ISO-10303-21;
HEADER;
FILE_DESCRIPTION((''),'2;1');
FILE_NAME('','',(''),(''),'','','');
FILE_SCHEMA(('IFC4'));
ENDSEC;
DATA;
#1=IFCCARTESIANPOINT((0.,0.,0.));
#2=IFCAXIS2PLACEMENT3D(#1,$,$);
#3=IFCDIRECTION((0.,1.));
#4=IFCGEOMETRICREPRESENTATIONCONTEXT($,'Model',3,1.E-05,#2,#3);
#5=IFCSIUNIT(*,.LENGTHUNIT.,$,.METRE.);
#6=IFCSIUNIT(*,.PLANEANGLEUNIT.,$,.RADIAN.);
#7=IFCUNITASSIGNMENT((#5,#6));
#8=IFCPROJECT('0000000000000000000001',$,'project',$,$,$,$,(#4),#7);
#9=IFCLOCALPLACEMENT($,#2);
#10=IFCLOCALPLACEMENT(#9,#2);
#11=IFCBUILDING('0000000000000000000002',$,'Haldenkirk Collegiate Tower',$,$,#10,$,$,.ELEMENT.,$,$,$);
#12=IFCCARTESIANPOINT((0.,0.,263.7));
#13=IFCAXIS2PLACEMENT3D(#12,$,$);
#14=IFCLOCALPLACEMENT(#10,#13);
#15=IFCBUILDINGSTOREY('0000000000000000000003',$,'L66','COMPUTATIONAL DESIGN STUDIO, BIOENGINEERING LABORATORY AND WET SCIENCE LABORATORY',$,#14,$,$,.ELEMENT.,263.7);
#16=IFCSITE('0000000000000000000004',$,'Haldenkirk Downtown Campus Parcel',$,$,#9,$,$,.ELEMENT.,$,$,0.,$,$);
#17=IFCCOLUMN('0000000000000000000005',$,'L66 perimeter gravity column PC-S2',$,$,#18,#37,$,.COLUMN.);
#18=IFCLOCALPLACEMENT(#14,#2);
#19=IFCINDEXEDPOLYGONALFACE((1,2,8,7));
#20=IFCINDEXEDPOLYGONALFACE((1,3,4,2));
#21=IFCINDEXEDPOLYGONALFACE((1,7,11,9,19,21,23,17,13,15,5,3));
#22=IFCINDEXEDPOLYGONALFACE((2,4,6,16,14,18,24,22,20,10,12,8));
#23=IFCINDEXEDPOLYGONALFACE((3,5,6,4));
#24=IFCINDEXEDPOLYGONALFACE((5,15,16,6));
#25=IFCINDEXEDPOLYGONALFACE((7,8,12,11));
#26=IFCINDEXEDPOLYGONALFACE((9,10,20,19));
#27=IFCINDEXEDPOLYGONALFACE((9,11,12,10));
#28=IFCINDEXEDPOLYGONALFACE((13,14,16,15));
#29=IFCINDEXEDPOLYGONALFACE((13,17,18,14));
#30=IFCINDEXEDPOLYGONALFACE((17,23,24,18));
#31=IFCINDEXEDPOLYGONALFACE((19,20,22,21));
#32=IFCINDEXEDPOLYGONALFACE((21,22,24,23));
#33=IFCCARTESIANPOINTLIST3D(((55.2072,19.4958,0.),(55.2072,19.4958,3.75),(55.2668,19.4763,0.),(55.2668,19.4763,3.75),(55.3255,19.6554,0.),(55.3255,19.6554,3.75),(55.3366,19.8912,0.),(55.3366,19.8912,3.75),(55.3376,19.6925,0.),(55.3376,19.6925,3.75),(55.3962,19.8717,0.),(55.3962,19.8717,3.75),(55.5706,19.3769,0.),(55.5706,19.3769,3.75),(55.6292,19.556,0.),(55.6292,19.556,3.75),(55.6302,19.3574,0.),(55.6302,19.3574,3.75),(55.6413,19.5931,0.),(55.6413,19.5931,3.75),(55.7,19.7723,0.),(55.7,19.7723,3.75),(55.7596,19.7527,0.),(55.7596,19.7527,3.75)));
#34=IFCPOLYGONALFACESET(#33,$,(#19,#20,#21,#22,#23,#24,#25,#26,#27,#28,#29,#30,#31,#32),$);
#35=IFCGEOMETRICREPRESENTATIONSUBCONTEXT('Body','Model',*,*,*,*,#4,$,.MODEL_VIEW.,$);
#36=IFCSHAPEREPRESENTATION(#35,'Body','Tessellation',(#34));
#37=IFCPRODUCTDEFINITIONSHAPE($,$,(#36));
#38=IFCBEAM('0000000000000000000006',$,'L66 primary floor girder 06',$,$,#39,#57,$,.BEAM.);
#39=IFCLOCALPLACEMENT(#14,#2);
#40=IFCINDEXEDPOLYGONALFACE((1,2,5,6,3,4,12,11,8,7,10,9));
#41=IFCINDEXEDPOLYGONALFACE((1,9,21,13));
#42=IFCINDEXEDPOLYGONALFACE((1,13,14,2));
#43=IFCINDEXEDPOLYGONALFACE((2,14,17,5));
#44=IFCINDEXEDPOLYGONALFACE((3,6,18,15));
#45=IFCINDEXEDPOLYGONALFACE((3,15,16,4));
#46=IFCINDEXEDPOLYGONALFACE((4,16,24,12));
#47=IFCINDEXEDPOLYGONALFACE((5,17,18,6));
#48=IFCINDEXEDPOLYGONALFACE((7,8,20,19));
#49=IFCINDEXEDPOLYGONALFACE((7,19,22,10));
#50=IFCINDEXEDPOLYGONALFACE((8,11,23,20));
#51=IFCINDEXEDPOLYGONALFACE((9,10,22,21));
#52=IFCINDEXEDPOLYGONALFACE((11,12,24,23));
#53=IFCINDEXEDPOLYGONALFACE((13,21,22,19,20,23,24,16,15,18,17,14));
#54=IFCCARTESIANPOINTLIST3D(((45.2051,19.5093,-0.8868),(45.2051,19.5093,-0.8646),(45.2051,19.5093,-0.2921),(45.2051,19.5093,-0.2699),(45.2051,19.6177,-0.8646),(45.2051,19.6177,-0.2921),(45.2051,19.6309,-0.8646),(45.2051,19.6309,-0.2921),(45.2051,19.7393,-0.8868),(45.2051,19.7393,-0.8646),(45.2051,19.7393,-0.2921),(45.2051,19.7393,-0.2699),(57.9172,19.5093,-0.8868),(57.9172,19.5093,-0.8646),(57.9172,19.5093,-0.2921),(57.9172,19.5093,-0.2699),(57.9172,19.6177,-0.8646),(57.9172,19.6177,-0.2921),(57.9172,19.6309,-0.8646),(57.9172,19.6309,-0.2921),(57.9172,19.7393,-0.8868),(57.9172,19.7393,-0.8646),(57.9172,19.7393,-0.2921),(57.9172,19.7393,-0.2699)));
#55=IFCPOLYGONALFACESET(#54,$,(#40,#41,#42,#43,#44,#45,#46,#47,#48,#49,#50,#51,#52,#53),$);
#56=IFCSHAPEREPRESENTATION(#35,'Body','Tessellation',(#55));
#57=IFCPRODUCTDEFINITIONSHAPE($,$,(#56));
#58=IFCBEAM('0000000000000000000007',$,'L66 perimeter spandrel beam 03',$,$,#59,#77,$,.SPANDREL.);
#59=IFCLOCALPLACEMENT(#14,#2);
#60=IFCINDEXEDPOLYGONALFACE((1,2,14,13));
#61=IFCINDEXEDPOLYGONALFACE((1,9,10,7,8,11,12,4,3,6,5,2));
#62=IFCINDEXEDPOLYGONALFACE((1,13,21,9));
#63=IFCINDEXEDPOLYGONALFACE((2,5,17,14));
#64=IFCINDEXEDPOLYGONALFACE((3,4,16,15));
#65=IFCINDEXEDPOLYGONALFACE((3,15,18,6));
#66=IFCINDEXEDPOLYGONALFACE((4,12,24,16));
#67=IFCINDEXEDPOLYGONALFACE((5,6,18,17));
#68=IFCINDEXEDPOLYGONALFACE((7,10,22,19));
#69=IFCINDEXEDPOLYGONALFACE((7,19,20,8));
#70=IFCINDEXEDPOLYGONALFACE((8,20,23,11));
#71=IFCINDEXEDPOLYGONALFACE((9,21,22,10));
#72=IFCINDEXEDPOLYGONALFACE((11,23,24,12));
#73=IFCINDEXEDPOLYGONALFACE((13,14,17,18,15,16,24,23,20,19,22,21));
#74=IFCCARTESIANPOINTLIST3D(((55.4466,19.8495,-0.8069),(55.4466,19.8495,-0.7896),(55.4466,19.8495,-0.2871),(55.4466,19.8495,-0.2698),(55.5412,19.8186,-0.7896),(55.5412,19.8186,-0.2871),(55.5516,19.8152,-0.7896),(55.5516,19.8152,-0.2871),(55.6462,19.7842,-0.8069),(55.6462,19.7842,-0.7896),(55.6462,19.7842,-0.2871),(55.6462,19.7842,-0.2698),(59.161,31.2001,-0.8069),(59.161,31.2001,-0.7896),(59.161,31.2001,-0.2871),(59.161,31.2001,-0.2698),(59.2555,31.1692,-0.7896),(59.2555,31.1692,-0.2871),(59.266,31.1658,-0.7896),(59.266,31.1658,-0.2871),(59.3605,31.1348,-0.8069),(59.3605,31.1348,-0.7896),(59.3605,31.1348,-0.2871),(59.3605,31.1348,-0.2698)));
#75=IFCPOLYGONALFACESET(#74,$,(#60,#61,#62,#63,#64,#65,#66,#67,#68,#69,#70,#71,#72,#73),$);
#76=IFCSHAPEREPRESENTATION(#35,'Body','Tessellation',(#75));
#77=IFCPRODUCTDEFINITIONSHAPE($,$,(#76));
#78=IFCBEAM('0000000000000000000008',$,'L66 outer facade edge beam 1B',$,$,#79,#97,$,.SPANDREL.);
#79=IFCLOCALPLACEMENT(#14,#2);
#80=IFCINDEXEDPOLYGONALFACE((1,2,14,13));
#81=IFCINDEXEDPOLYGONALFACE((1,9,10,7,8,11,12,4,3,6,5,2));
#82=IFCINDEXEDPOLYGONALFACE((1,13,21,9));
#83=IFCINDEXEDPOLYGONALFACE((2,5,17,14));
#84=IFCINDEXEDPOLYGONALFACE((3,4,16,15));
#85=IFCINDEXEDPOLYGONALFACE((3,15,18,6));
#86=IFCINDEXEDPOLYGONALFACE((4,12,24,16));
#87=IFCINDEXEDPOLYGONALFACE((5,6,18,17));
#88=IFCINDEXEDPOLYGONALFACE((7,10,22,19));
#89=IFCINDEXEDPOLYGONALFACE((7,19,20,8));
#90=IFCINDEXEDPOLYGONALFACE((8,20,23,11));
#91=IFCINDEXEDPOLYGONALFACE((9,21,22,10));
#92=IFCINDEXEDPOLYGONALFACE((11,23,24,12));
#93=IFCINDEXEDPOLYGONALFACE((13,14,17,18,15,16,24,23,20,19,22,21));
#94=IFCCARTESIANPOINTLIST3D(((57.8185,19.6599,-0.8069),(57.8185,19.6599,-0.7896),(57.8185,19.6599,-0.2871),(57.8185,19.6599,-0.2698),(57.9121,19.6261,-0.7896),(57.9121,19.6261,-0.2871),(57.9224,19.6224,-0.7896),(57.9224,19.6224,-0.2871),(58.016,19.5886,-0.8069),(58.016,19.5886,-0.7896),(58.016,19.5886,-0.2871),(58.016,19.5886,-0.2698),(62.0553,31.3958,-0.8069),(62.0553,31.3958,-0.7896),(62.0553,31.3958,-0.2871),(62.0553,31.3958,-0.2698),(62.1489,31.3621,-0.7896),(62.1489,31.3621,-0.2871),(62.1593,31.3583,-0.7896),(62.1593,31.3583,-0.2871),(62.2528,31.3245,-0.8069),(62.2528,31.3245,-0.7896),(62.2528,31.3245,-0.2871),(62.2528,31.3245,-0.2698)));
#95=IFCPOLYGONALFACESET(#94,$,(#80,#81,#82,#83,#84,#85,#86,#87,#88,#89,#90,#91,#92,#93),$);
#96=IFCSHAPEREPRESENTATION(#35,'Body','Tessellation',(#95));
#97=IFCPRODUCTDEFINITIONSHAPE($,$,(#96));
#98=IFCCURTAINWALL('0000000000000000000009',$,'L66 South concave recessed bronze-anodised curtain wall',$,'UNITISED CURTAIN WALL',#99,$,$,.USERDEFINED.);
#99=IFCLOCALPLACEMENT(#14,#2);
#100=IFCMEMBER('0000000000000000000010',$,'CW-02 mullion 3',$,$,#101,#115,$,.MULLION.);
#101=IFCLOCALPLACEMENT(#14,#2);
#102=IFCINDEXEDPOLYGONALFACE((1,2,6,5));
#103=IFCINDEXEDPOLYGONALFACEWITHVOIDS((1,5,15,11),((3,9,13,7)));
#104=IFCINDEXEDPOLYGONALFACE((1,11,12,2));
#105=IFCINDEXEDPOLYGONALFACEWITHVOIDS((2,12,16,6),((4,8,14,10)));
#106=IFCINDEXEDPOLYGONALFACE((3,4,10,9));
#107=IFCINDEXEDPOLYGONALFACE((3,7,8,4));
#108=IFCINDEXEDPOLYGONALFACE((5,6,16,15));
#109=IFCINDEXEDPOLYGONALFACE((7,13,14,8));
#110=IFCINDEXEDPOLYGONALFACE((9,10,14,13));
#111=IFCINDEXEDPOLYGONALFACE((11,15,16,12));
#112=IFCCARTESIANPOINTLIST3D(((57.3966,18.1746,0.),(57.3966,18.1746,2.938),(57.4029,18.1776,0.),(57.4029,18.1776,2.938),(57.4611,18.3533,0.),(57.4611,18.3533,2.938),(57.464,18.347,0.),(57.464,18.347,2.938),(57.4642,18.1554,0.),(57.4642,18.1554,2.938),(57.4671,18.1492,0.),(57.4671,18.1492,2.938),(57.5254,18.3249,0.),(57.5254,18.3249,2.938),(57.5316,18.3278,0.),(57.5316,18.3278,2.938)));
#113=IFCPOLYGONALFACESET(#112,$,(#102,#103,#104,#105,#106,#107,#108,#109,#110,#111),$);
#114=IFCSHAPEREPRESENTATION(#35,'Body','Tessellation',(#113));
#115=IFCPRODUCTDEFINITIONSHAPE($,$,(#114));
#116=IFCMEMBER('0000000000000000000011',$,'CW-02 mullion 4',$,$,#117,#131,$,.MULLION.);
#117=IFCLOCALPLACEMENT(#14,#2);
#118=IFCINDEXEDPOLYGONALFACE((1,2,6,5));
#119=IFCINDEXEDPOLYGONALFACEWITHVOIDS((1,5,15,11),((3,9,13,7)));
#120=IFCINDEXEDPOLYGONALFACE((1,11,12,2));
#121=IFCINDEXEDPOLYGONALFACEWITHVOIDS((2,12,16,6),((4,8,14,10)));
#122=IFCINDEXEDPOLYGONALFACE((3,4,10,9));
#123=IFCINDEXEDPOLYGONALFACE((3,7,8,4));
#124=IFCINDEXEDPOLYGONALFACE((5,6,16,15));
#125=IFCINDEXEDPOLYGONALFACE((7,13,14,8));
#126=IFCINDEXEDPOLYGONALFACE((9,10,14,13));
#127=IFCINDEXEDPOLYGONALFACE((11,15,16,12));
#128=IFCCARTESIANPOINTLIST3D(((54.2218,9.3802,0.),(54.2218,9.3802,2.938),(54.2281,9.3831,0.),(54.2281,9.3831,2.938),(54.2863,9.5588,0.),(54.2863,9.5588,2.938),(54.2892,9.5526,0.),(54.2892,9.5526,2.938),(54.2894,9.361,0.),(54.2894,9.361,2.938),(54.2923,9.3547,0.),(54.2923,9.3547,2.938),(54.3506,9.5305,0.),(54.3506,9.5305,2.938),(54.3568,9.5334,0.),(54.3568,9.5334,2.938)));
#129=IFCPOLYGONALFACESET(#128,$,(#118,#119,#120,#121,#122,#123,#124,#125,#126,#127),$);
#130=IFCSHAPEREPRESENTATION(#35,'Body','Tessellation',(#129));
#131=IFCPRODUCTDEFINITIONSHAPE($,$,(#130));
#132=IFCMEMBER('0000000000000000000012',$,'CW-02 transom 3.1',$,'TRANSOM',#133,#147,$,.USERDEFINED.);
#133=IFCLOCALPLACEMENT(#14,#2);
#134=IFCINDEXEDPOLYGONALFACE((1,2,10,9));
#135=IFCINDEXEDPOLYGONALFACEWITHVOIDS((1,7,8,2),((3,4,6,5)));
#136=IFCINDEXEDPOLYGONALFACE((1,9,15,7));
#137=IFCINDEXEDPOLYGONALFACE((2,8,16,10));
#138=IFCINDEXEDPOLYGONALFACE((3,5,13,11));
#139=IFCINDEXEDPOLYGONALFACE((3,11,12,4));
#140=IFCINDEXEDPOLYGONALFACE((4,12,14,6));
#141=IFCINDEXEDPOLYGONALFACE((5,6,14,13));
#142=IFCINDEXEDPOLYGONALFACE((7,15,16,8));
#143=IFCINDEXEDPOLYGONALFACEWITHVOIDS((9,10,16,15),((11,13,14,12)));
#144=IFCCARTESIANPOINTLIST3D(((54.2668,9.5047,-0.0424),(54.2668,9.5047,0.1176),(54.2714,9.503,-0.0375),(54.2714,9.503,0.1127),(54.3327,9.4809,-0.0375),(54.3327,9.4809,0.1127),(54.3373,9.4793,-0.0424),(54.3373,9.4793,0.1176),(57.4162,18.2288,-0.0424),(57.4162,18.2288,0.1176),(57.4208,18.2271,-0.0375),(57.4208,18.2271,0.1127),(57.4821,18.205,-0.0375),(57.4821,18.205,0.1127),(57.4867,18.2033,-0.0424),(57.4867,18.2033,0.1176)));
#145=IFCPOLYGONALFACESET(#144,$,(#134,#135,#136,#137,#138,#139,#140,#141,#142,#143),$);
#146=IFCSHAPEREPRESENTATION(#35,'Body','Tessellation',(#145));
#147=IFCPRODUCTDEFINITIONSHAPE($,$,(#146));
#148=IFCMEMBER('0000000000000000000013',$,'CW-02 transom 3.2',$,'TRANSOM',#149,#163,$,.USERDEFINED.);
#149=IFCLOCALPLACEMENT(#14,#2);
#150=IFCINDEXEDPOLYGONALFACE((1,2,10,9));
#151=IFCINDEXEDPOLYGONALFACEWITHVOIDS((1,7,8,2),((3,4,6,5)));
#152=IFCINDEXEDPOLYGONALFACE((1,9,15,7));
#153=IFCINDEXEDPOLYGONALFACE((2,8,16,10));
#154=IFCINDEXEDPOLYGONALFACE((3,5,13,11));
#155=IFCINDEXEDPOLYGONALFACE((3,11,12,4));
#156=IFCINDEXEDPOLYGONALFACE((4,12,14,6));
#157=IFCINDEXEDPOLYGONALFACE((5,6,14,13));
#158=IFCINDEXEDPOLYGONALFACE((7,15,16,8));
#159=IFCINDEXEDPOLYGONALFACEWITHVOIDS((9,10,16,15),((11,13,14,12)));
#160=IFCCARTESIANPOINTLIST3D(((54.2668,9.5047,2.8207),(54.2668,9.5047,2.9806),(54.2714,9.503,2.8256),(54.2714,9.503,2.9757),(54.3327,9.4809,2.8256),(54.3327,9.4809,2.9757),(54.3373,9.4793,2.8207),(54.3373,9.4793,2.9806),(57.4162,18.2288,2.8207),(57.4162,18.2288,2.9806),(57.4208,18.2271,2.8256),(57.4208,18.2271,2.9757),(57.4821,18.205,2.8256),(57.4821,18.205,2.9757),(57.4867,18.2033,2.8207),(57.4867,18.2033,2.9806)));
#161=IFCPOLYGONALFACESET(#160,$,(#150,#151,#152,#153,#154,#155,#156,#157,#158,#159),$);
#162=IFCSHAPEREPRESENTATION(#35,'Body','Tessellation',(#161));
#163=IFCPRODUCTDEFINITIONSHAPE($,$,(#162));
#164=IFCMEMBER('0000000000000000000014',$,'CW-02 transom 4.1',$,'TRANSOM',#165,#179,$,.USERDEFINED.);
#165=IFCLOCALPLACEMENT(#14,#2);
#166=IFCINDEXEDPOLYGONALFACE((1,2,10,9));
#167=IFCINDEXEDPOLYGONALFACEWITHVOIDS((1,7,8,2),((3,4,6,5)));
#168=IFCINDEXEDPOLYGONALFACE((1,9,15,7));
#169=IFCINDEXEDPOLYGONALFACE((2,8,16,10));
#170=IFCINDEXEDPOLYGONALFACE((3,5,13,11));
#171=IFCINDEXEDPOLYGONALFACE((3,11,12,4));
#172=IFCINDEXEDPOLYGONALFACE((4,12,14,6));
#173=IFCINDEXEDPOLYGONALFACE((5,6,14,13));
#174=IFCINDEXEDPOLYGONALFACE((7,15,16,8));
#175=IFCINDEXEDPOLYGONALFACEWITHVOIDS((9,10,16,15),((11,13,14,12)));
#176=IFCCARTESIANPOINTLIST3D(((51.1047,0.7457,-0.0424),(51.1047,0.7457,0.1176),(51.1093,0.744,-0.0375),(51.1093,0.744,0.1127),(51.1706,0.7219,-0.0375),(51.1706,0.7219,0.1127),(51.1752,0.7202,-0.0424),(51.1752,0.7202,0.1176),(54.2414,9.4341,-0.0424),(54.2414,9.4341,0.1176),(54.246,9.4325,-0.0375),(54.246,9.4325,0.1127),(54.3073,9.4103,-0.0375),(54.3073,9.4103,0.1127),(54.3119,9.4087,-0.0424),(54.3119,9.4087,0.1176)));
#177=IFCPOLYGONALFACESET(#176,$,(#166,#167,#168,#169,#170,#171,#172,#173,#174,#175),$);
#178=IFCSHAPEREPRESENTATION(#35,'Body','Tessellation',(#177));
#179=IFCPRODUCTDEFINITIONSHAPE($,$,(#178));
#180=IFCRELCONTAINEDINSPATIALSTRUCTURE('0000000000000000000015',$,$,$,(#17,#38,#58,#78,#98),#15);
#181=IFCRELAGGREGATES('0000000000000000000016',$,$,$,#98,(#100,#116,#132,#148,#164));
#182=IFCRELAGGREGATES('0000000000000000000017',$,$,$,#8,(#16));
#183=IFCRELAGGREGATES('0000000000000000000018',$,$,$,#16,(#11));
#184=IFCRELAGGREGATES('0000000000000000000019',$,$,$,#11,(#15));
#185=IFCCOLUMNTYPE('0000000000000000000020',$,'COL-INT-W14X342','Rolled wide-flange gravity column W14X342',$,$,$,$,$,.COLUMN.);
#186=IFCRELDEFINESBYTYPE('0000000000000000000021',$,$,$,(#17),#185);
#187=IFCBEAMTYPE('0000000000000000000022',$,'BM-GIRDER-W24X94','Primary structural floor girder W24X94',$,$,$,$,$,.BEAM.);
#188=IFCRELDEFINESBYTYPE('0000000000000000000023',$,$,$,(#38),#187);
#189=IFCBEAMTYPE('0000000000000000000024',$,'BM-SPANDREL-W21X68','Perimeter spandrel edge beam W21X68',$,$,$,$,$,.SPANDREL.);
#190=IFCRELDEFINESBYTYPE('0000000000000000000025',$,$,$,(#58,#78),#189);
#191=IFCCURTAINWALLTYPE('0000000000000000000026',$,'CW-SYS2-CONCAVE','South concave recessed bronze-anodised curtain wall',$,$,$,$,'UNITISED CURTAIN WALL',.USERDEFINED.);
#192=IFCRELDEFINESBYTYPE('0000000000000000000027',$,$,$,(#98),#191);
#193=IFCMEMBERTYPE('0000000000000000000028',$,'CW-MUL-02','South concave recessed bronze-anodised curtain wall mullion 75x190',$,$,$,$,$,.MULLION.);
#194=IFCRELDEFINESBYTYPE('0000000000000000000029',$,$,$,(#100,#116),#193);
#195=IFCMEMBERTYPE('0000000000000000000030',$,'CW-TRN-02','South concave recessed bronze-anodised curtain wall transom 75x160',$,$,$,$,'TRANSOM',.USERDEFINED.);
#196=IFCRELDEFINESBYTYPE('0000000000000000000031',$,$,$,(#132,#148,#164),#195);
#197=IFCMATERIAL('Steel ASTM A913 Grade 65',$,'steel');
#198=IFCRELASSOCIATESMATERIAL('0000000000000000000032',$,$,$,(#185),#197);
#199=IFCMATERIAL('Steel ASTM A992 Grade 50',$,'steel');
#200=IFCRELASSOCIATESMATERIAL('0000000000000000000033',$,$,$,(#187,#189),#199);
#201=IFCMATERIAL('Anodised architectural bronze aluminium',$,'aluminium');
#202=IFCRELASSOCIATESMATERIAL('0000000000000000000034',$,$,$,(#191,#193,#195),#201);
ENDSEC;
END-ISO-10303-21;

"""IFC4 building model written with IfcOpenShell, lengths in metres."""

from ifc_helpers import new_model, si_unit, direction, frame, origin, origin_2d, place, context, subcontext, project, spatial, hollow_rectangle, i_section, extrude, material, material_profile, profile_set, type_object, element, aggregate, save


model = new_model("IFC4")

# Units and contexts
model_context = context("Model", 3, precision=1e-05, world=origin(), true_north=direction((0.0, 1.0)))
body_context = subcontext(model_context, "Body", "Model", "MODEL_VIEW")
ifc_project = project(units=[si_unit("LENGTHUNIT", "METRE"), si_unit("PLANEANGLEUNIT", "RADIAN")], contexts=[model_context])

# Site, building, storey
site_placement = place(None, origin())
site = spatial("IfcSite", under=ifc_project, at=site_placement, Name="Haldenkirk Downtown Campus Parcel", CompositionType="ELEMENT", RefElevation=0.0)
building_placement = place(site_placement, origin())
building = spatial("IfcBuilding", under=site, at=building_placement, Name="Haldenkirk Collegiate Tower", CompositionType="ELEMENT")
storey_placement = place(building_placement, frame((0.0, 0.0, 263.7)))
storey = spatial("IfcBuildingStorey", under=building, at=storey_placement, Name="L66", Description="COMPUTATIONAL DESIGN STUDIO, BIOENGINEERING LABORATORY AND WET SCIENCE LABORATORY", CompositionType="ELEMENT", Elevation=263.7)

# Column
ifc_material_1 = material(Name="Steel ASTM A913 Grade 65", Category="steel")
ifc_material_profile_1 = material_profile(ifc_material_1, i_section(OverallWidth=0.416, OverallDepth=0.4451, WebThickness=0.0391, FlangeThickness=0.0627, at=origin_2d()), Name="W14X342")
ifc_profile_set_1 = profile_set([ifc_material_profile_1], Name="Steel ASTM A913 Grade 65")
column_type = type_object("IfcColumnType", Name="COL-INT-W14X342", Description="Rolled wide-flange gravity column W14X342", PredefinedType="COLUMN", material=ifc_profile_set_1)
column_placement = place(storey_placement, frame((55.4834, 19.6243, 0.0), z_axis=(0.0, 0.0, 1.0), x_axis=(0.311008, 0.950407, 0.0)))
element("IfcColumn", 1, at=column_placement, inside=storey, type_object=column_type, Name="L66 perimeter gravity column PC-S2", PredefinedType="COLUMN", context=body_context, shape_type="SweptSolid", body=[
    extrude(i_section(OverallWidth=0.416, OverallDepth=0.4451, WebThickness=0.0391, FlangeThickness=0.0627, at=origin_2d()), origin(), (0.0, 0.0, 1.0), 3.75),
])

# Beams
ifc_material_2 = material(Name="Steel ASTM A992 Grade 50", Category="steel")
ifc_material_profile_2 = material_profile(ifc_material_2, i_section(OverallWidth=0.23, OverallDepth=0.6169, WebThickness=0.0132, FlangeThickness=0.0222, at=origin_2d()), Name="W24X94")
ifc_profile_set_2 = profile_set([ifc_material_profile_2], Name="Steel ASTM A992 Grade 50")
beam_type_1 = type_object("IfcBeamType", Name="BM-GIRDER-W24X94", Description="Primary structural floor girder W24X94", PredefinedType="BEAM", material=ifc_profile_set_2)
beam_1_placement = place(storey_placement, frame((57.9172, 19.6243, -0.5784), z_axis=(-1.0, 0.0, 0.0), x_axis=(0.0, -1.0, 0.0)))
element("IfcBeam", 2, at=beam_1_placement, inside=storey, type_object=beam_type_1, Name="L66 primary floor girder 06", PredefinedType="BEAM", context=body_context, shape_type="SweptSolid", body=[
    extrude(i_section(OverallWidth=0.23, OverallDepth=0.6169, WebThickness=0.0132, FlangeThickness=0.0222, at=origin_2d()), origin(), (0.0, 0.0, 1.0), 12.7122),
])
ifc_material_profile_3 = material_profile(ifc_material_2, i_section(OverallWidth=0.21, OverallDepth=0.5371, WebThickness=0.011, FlangeThickness=0.0173, at=origin_2d()), Name="W21X68")
ifc_profile_set_3 = profile_set([ifc_material_profile_3], Name="Steel ASTM A992 Grade 50")
beam_type_2 = type_object("IfcBeamType", Name="BM-SPANDREL-W21X68", Description="Perimeter spandrel edge beam W21X68", PredefinedType="SPANDREL", material=ifc_profile_set_3)
beam_2_placement = place(storey_placement, frame((55.5464, 19.8169, -0.5383), z_axis=(0.31101, 0.950407, 0.0), x_axis=(-0.950407, 0.31101, 0.0)))
element("IfcBeam", 3, at=beam_2_placement, inside=storey, type_object=beam_type_2, Name="L66 perimeter spandrel beam 03", PredefinedType="SPANDREL", context=body_context, shape_type="SweptSolid", body=[
    extrude(i_section(OverallWidth=0.21, OverallDepth=0.5371, WebThickness=0.011, FlangeThickness=0.0173, at=origin_2d()), origin(), (0.0, 0.0, 1.0), 11.9429),
])
beam_3_placement = place(storey_placement, frame((57.9172, 19.6243, -0.5383), z_axis=(0.339565, 0.940583, 0.0), x_axis=(-0.940583, 0.339565, 0.0)))
element("IfcBeam", 4, at=beam_3_placement, inside=storey, type_object=beam_type_2, Name="L66 outer facade edge beam 1B", PredefinedType="SPANDREL", context=body_context, shape_type="SweptSolid", body=[
    extrude(i_section(OverallWidth=0.21, OverallDepth=0.5371, WebThickness=0.011, FlangeThickness=0.0173, at=origin_2d()), origin(), (0.0, 0.0, 1.0), 12.4773),
])

# Curtain wall, members
ifc_material_3 = material(Name="Anodised architectural bronze aluminium", Category="aluminium")
curtain_wall_type = type_object("IfcCurtainWallType", Name="CW-SYS2-CONCAVE", Description="South concave recessed bronze-anodised curtain wall", ElementType="UNITISED CURTAIN WALL", PredefinedType="USERDEFINED", material=ifc_material_3)
curtain_wall_placement = place(storey_placement, origin())
curtain_wall = element("IfcCurtainWall", 5, at=curtain_wall_placement, inside=storey, type_object=curtain_wall_type, Name="L66 South concave recessed bronze-anodised curtain wall", ObjectType="UNITISED CURTAIN WALL", PredefinedType="USERDEFINED")
ifc_material_profile_4 = material_profile(ifc_material_3, hollow_rectangle(XDim=0.075, YDim=0.1899, WallThickness=0.0049, at=origin_2d()), Name="CW-MUL-02")
ifc_profile_set_4 = profile_set([ifc_material_profile_4], Name="Anodised architectural bronze aluminium")
member_type_1 = type_object("IfcMemberType", Name="CW-MUL-02", Description="South concave recessed bronze-anodised curtain wall mullion 75x190", PredefinedType="MULLION", material=ifc_profile_set_4)
member_1_placement = place(storey_placement, frame((57.4641, 18.2512, 0.0), z_axis=(0.0, 0.0, 1.0), x_axis=(0.940585, -0.339559, 0.0)))
member_1 = element("IfcMember", 6, at=member_1_placement, type_object=member_type_1, Name="CW-02 mullion 3", PredefinedType="MULLION", context=body_context, shape_type="SweptSolid", body=[
    extrude(hollow_rectangle(XDim=0.075, YDim=0.1899, WallThickness=0.0049, at=origin_2d()), origin(), (0.0, 0.0, 1.0), 2.938),
])
member_2_placement = place(storey_placement, frame((54.2893, 9.4568, 0.0), z_axis=(0.0, 0.0, 1.0), x_axis=(0.940585, -0.339559, 0.0)))
member_2 = element("IfcMember", 7, at=member_2_placement, type_object=member_type_1, Name="CW-02 mullion 4", PredefinedType="MULLION", context=body_context, shape_type="SweptSolid", body=[
    extrude(hollow_rectangle(XDim=0.075, YDim=0.1899, WallThickness=0.0049, at=origin_2d()), origin(), (0.0, 0.0, 1.0), 2.938),
])
ifc_material_profile_5 = material_profile(ifc_material_3, hollow_rectangle(XDim=0.075, YDim=0.1599, WallThickness=0.0049, at=origin_2d()), Name="CW-TRN-02")
ifc_profile_set_5 = profile_set([ifc_material_profile_5], Name="Anodised architectural bronze aluminium")
member_type_2 = type_object("IfcMemberType", Name="CW-TRN-02", Description="South concave recessed bronze-anodised curtain wall transom 75x160", ElementType="TRANSOM", PredefinedType="USERDEFINED", material=ifc_profile_set_5)
member_3_placement = place(storey_placement, frame((57.4514, 18.2161, 0.0376), z_axis=(-0.339553, -0.940587, 0.0), x_axis=(0.940587, -0.339553, 0.0)))
member_3 = element("IfcMember", 8, at=member_3_placement, type_object=member_type_2, Name="CW-02 transom 3.1", ObjectType="TRANSOM", PredefinedType="USERDEFINED", context=body_context, shape_type="SweptSolid", body=[
    extrude(hollow_rectangle(XDim=0.075, YDim=0.1599, WallThickness=0.0049, at=origin_2d()), origin(), (0.0, 0.0, 1.0), 9.2751),
])
member_4_placement = place(storey_placement, frame((57.4514, 18.2161, 2.9006), z_axis=(-0.339553, -0.940587, 0.0), x_axis=(0.940587, -0.339553, 0.0)))
member_4 = element("IfcMember", 9, at=member_4_placement, type_object=member_type_2, Name="CW-02 transom 3.2", ObjectType="TRANSOM", PredefinedType="USERDEFINED", context=body_context, shape_type="SweptSolid", body=[
    extrude(hollow_rectangle(XDim=0.075, YDim=0.1599, WallThickness=0.0049, at=origin_2d()), origin(), (0.0, 0.0, 1.0), 9.2751),
])
member_5_placement = place(storey_placement, frame((54.2766, 9.4214, 0.0376), z_axis=(-0.339569, -0.940581, 0.0), x_axis=(0.940581, -0.339569, 0.0)))
member_5 = element("IfcMember", 10, at=member_5_placement, type_object=member_type_2, Name="CW-02 transom 4.1", ObjectType="TRANSOM", PredefinedType="USERDEFINED", context=body_context, shape_type="SweptSolid", body=[
    extrude(hollow_rectangle(XDim=0.075, YDim=0.1599, WallThickness=0.0049, at=origin_2d()), origin(), (0.0, 0.0, 1.0), 9.2373),
])
aggregate(curtain_wall, [member_1, member_2, member_3, member_4, member_5])

save(model, "model.ifc")
